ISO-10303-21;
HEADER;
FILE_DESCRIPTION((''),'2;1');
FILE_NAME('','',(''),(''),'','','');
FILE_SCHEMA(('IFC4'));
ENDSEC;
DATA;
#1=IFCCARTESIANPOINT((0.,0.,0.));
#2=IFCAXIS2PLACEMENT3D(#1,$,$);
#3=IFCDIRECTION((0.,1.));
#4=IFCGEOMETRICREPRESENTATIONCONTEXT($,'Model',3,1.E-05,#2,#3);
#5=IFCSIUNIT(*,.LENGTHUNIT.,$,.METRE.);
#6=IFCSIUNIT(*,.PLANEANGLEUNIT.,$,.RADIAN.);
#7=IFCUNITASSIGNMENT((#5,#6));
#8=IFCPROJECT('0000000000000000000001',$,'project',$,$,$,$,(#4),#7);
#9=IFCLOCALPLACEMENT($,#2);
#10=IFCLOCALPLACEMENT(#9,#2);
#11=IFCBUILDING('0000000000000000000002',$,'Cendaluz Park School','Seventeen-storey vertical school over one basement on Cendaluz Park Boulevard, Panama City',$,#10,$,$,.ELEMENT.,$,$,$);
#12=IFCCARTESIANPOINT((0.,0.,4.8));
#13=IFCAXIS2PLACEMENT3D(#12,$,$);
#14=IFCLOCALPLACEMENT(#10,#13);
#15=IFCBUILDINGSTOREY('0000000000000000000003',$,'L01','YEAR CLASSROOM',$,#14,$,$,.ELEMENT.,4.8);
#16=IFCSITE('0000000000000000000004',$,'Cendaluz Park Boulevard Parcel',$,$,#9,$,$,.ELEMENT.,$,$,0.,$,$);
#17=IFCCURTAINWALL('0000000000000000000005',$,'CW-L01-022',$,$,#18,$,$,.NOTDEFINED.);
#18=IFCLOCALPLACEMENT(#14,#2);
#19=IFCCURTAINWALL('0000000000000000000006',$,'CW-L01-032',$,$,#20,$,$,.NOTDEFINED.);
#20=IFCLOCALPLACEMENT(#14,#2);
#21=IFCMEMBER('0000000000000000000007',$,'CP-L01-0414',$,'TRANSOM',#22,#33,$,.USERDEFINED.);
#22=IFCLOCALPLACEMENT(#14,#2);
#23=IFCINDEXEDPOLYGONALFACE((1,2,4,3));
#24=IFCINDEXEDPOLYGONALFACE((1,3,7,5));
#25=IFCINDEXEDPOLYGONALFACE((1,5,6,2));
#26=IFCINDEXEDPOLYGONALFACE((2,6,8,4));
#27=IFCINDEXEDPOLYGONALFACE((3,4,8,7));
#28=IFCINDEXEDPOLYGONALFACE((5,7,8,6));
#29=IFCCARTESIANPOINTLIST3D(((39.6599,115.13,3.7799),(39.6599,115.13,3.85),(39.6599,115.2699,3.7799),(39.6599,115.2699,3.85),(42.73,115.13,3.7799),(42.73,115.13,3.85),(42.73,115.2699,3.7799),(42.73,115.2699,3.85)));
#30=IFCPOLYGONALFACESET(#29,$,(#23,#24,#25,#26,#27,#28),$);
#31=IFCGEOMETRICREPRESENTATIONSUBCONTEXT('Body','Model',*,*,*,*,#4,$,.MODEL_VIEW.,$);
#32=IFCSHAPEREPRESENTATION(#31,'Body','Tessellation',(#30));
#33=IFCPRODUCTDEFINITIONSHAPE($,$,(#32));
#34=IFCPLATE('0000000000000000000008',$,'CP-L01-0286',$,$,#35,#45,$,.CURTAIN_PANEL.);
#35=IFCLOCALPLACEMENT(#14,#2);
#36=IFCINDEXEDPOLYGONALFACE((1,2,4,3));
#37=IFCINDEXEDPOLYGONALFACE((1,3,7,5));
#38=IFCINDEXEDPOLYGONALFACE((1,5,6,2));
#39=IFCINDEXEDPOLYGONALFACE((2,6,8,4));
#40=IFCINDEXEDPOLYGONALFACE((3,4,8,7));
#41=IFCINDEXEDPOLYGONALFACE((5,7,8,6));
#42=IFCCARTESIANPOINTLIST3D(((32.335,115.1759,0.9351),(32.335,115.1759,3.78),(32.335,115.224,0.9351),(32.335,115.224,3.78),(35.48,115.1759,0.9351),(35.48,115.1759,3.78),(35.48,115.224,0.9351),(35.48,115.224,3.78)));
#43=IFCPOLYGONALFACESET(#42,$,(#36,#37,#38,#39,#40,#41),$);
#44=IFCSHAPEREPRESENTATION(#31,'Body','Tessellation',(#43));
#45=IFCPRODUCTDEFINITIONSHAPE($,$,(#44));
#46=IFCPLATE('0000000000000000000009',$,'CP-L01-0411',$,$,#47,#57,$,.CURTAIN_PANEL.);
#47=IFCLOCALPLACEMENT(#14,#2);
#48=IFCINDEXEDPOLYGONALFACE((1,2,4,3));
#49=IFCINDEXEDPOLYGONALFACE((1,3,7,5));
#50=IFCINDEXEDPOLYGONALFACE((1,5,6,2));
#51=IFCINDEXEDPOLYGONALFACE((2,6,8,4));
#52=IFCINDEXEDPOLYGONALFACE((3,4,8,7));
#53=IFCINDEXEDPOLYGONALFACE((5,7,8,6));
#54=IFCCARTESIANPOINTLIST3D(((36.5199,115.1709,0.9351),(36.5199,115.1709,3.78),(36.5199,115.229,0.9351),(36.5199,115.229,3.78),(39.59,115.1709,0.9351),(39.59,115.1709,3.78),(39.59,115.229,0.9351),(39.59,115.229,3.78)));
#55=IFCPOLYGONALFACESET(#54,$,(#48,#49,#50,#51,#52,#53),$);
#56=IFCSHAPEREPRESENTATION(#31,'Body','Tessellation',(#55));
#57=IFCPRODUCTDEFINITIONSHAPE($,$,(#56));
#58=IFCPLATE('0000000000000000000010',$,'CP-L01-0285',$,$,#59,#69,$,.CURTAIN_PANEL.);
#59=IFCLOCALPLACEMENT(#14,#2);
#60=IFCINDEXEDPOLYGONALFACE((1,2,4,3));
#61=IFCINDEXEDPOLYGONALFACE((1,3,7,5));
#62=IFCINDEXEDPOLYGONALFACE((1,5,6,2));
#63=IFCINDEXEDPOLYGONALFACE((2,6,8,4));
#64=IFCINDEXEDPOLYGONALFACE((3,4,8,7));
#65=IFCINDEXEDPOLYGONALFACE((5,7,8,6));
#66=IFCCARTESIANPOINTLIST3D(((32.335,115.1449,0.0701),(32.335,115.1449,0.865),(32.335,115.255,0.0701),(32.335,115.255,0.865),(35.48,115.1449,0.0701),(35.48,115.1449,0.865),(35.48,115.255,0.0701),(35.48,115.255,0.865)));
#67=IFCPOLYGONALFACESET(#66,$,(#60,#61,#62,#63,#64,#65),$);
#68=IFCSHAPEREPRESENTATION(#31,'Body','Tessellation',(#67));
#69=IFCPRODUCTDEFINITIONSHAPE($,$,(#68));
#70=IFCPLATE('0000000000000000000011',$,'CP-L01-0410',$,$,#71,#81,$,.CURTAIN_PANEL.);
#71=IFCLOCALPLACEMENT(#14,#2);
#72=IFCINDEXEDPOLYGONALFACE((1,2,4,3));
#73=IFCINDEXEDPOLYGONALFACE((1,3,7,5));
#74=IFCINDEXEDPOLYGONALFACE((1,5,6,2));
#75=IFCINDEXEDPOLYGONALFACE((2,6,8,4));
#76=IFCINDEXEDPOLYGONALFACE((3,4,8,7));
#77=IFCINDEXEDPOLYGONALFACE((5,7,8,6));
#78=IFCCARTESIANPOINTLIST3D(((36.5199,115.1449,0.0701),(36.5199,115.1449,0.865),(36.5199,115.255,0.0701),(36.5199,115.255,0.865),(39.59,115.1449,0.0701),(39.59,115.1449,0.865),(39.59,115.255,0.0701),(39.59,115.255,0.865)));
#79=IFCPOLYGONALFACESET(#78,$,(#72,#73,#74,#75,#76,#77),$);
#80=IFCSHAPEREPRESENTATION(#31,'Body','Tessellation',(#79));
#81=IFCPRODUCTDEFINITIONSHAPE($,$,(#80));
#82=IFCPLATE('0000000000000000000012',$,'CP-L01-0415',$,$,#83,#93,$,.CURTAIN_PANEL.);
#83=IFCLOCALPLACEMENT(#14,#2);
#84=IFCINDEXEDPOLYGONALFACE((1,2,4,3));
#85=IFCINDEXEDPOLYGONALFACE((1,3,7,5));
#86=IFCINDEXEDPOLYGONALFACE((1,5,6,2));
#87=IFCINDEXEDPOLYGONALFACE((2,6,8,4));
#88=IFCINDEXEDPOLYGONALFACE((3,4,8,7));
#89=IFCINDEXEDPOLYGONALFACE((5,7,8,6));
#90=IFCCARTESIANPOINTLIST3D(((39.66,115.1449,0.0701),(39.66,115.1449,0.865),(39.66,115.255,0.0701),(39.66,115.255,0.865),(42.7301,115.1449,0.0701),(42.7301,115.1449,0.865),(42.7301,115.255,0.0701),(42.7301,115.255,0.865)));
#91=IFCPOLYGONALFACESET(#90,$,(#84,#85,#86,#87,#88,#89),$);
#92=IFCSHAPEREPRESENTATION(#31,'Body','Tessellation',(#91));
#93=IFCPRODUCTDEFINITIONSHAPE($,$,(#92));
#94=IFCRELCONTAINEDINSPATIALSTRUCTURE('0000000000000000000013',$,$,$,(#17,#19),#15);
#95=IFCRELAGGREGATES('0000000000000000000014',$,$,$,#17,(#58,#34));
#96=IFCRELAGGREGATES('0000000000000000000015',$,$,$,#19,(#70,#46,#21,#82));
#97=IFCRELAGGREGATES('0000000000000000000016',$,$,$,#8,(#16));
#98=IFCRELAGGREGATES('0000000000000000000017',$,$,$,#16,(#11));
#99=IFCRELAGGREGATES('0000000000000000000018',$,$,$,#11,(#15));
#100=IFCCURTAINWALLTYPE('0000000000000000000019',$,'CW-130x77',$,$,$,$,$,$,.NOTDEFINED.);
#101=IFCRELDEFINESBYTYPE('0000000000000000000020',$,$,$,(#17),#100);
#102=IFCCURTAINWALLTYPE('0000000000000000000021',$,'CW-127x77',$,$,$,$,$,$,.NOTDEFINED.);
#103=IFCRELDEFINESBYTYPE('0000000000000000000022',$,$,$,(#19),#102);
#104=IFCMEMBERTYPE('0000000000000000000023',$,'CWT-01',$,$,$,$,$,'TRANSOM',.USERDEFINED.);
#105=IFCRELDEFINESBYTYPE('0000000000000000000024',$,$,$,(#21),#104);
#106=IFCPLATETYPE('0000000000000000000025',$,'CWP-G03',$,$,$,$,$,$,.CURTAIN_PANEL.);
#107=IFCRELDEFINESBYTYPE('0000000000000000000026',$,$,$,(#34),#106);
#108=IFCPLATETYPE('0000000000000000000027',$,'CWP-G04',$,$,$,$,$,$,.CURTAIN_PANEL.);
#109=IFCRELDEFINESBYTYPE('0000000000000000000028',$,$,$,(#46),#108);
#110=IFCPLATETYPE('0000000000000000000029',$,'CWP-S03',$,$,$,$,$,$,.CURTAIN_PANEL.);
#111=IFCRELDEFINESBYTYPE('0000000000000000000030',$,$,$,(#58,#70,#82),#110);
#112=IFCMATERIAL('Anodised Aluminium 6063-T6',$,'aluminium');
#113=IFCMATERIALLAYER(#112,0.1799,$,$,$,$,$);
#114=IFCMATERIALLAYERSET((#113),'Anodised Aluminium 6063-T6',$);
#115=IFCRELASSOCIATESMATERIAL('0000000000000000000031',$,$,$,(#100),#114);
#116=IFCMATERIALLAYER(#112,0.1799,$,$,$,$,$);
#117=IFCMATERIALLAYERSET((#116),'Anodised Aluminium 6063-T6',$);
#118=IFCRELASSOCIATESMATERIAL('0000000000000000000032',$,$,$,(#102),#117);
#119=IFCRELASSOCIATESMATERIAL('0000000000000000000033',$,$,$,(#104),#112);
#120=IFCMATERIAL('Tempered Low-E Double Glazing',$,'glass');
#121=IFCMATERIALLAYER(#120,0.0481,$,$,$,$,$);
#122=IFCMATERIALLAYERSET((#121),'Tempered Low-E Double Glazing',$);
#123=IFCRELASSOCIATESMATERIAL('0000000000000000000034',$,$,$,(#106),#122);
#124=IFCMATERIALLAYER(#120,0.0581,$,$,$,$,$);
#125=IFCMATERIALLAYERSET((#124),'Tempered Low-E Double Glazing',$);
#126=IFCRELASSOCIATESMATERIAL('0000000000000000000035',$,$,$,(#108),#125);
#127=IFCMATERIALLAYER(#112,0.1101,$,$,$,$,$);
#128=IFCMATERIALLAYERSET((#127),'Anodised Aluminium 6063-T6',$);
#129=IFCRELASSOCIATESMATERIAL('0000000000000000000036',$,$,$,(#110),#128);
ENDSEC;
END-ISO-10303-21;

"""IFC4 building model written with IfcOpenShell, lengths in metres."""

from ifc_helpers import new_model, si_unit, direction, frame, origin, origin_2d, place, context, subcontext, project, spatial, rectangle, extrude, material, layer, layer_set, material_profile, profile_set, type_object, element, aggregate, save


model = new_model("IFC4")

# Units and contexts
model_context = context("Model", 3, precision=1e-05, world=origin(), true_north=direction((0.0, 1.0)))
body_context = subcontext(model_context, "Body", "Model", "MODEL_VIEW")
ifc_project = project(units=[si_unit("LENGTHUNIT", "METRE"), si_unit("PLANEANGLEUNIT", "RADIAN")], contexts=[model_context])

# Site, building, storey
site_placement = place(None, origin())
site = spatial("IfcSite", under=ifc_project, at=site_placement, Name="Cendaluz Park Boulevard Parcel", CompositionType="ELEMENT", RefElevation=0.0)
building_placement = place(site_placement, origin())
building = spatial("IfcBuilding", under=site, at=building_placement, Name="Cendaluz Park School", Description="Seventeen-storey vertical school over one basement on Cendaluz Park Boulevard, Panama City", CompositionType="ELEMENT")
storey_placement = place(building_placement, frame((0.0, 0.0, 4.8)))
storey = spatial("IfcBuildingStorey", under=building, at=storey_placement, Name="L01", Description="YEAR CLASSROOM", CompositionType="ELEMENT", Elevation=4.8)

# Curtain walls
ifc_material_1 = material(Name="Anodised Aluminium 6063-T6", Category="aluminium")
ifc_layer_1 = layer(ifc_material_1, 0.1799)
ifc_layer_set_1 = layer_set([ifc_layer_1], Name="Anodised Aluminium 6063-T6")
curtain_wall_type_1 = type_object("IfcCurtainWallType", Name="CW-130x77", PredefinedType="NOTDEFINED", material=ifc_layer_set_1)
curtain_wall_1_placement = place(storey_placement, origin())
curtain_wall_1 = element("IfcCurtainWall", 1, at=curtain_wall_1_placement, inside=storey, type_object=curtain_wall_type_1, Name="CW-L01-022", PredefinedType="NOTDEFINED")
ifc_layer_2 = layer(ifc_material_1, 0.1799)
ifc_layer_set_2 = layer_set([ifc_layer_2], Name="Anodised Aluminium 6063-T6")
curtain_wall_type_2 = type_object("IfcCurtainWallType", Name="CW-127x77", PredefinedType="NOTDEFINED", material=ifc_layer_set_2)
curtain_wall_2_placement = place(storey_placement, origin())
curtain_wall_2 = element("IfcCurtainWall", 2, at=curtain_wall_2_placement, inside=storey, type_object=curtain_wall_type_2, Name="CW-L01-032", PredefinedType="NOTDEFINED")

# Member
ifc_material_profile_1 = material_profile(ifc_material_1, rectangle(XDim=0.1399, YDim=0.0701, at=origin_2d()), Name="CWT 140x70", Category="aluminium")
ifc_profile_set_1 = profile_set([ifc_material_profile_1], Name="Anodised Aluminium 6063-T6")
member_type_1 = type_object("IfcMemberType", Name="CWT-01", ElementType="TRANSOM", PredefinedType="USERDEFINED", material=ifc_profile_set_1)
member_1_placement = place(storey_placement, frame((39.6599, 115.2, 3.8149), z_axis=(1.0, 0.0, 0.0), x_axis=(0.0, 1.0, 0.0)))
member_1 = element("IfcMember", 3, at=member_1_placement, type_object=member_type_1, Name="CP-L01-0414", ObjectType="TRANSOM", PredefinedType="USERDEFINED", context=body_context, shape_type="SweptSolid", body=[
    extrude(rectangle(XDim=0.1399, YDim=0.0701, at=origin_2d()), origin(), (0.0, 0.0, 1.0), 3.0701),
])

# Plates
ifc_material_2 = material(Name="Tempered Low-E Double Glazing", Category="glass")
ifc_layer_3 = layer(ifc_material_2, 0.0481)
ifc_layer_set_3 = layer_set([ifc_layer_3], Name="Tempered Low-E Double Glazing")
plate_type_1 = type_object("IfcPlateType", Name="CWP-G03", PredefinedType="CURTAIN_PANEL", material=ifc_layer_set_3)
plate_1_placement = place(storey_placement, frame((33.9075, 115.2, 0.9351), z_axis=(0.0, 0.0, 1.0), x_axis=(1.0, 0.0, 0.0)))
plate_1 = element("IfcPlate", 4, at=plate_1_placement, type_object=plate_type_1, Name="CP-L01-0286", PredefinedType="CURTAIN_PANEL", context=body_context, shape_type="SweptSolid", body=[
    extrude(rectangle(XDim=3.145, YDim=0.0481, at=origin_2d()), origin(), (0.0, 0.0, 1.0), 2.845),
])
ifc_layer_4 = layer(ifc_material_2, 0.0581)
ifc_layer_set_4 = layer_set([ifc_layer_4], Name="Tempered Low-E Double Glazing")
plate_type_2 = type_object("IfcPlateType", Name="CWP-G04", PredefinedType="CURTAIN_PANEL", material=ifc_layer_set_4)
plate_2_placement = place(storey_placement, frame((38.0549, 115.2, 0.9351), z_axis=(0.0, 0.0, 1.0), x_axis=(1.0, 0.0, 0.0)))
plate_2 = element("IfcPlate", 5, at=plate_2_placement, type_object=plate_type_2, Name="CP-L01-0411", PredefinedType="CURTAIN_PANEL", context=body_context, shape_type="SweptSolid", body=[
    extrude(rectangle(XDim=3.0701, YDim=0.0581, at=origin_2d()), origin(), (0.0, 0.0, 1.0), 2.845),
])
ifc_layer_5 = layer(ifc_material_1, 0.1101)
ifc_layer_set_5 = layer_set([ifc_layer_5], Name="Anodised Aluminium 6063-T6")
plate_type_3 = type_object("IfcPlateType", Name="CWP-S03", PredefinedType="CURTAIN_PANEL", material=ifc_layer_set_5)
plate_3_placement = place(storey_placement, frame((33.9075, 115.2, 0.0701), z_axis=(0.0, 0.0, 1.0), x_axis=(1.0, 0.0, 0.0)))
plate_3 = element("IfcPlate", 6, at=plate_3_placement, type_object=plate_type_3, Name="CP-L01-0285", PredefinedType="CURTAIN_PANEL", context=body_context, shape_type="SweptSolid", body=[
    extrude(rectangle(XDim=3.145, YDim=0.1101, at=origin_2d()), origin(), (0.0, 0.0, 1.0), 0.7949),
])
aggregate(curtain_wall_1, [plate_3, plate_1])
plate_4_placement = place(storey_placement, frame((38.0549, 115.2, 0.0701), z_axis=(0.0, 0.0, 1.0), x_axis=(1.0, 0.0, 0.0)))
plate_4 = element("IfcPlate", 7, at=plate_4_placement, type_object=plate_type_3, Name="CP-L01-0410", PredefinedType="CURTAIN_PANEL", context=body_context, shape_type="SweptSolid", body=[
    extrude(rectangle(XDim=3.0701, YDim=0.1101, at=origin_2d()), origin(), (0.0, 0.0, 1.0), 0.7949),
])
plate_5_placement = place(storey_placement, frame((41.1951, 115.2, 0.0701), z_axis=(0.0, 0.0, 1.0), x_axis=(1.0, 0.0, 0.0)))
plate_5 = element("IfcPlate", 8, at=plate_5_placement, type_object=plate_type_3, Name="CP-L01-0415", PredefinedType="CURTAIN_PANEL", context=body_context, shape_type="SweptSolid", body=[
    extrude(rectangle(XDim=3.0701, YDim=0.1101, at=origin_2d()), origin(), (0.0, 0.0, 1.0), 0.7949),
])
aggregate(curtain_wall_2, [plate_4, plate_2, member_1, plate_5])

save(model, "model.ifc")
